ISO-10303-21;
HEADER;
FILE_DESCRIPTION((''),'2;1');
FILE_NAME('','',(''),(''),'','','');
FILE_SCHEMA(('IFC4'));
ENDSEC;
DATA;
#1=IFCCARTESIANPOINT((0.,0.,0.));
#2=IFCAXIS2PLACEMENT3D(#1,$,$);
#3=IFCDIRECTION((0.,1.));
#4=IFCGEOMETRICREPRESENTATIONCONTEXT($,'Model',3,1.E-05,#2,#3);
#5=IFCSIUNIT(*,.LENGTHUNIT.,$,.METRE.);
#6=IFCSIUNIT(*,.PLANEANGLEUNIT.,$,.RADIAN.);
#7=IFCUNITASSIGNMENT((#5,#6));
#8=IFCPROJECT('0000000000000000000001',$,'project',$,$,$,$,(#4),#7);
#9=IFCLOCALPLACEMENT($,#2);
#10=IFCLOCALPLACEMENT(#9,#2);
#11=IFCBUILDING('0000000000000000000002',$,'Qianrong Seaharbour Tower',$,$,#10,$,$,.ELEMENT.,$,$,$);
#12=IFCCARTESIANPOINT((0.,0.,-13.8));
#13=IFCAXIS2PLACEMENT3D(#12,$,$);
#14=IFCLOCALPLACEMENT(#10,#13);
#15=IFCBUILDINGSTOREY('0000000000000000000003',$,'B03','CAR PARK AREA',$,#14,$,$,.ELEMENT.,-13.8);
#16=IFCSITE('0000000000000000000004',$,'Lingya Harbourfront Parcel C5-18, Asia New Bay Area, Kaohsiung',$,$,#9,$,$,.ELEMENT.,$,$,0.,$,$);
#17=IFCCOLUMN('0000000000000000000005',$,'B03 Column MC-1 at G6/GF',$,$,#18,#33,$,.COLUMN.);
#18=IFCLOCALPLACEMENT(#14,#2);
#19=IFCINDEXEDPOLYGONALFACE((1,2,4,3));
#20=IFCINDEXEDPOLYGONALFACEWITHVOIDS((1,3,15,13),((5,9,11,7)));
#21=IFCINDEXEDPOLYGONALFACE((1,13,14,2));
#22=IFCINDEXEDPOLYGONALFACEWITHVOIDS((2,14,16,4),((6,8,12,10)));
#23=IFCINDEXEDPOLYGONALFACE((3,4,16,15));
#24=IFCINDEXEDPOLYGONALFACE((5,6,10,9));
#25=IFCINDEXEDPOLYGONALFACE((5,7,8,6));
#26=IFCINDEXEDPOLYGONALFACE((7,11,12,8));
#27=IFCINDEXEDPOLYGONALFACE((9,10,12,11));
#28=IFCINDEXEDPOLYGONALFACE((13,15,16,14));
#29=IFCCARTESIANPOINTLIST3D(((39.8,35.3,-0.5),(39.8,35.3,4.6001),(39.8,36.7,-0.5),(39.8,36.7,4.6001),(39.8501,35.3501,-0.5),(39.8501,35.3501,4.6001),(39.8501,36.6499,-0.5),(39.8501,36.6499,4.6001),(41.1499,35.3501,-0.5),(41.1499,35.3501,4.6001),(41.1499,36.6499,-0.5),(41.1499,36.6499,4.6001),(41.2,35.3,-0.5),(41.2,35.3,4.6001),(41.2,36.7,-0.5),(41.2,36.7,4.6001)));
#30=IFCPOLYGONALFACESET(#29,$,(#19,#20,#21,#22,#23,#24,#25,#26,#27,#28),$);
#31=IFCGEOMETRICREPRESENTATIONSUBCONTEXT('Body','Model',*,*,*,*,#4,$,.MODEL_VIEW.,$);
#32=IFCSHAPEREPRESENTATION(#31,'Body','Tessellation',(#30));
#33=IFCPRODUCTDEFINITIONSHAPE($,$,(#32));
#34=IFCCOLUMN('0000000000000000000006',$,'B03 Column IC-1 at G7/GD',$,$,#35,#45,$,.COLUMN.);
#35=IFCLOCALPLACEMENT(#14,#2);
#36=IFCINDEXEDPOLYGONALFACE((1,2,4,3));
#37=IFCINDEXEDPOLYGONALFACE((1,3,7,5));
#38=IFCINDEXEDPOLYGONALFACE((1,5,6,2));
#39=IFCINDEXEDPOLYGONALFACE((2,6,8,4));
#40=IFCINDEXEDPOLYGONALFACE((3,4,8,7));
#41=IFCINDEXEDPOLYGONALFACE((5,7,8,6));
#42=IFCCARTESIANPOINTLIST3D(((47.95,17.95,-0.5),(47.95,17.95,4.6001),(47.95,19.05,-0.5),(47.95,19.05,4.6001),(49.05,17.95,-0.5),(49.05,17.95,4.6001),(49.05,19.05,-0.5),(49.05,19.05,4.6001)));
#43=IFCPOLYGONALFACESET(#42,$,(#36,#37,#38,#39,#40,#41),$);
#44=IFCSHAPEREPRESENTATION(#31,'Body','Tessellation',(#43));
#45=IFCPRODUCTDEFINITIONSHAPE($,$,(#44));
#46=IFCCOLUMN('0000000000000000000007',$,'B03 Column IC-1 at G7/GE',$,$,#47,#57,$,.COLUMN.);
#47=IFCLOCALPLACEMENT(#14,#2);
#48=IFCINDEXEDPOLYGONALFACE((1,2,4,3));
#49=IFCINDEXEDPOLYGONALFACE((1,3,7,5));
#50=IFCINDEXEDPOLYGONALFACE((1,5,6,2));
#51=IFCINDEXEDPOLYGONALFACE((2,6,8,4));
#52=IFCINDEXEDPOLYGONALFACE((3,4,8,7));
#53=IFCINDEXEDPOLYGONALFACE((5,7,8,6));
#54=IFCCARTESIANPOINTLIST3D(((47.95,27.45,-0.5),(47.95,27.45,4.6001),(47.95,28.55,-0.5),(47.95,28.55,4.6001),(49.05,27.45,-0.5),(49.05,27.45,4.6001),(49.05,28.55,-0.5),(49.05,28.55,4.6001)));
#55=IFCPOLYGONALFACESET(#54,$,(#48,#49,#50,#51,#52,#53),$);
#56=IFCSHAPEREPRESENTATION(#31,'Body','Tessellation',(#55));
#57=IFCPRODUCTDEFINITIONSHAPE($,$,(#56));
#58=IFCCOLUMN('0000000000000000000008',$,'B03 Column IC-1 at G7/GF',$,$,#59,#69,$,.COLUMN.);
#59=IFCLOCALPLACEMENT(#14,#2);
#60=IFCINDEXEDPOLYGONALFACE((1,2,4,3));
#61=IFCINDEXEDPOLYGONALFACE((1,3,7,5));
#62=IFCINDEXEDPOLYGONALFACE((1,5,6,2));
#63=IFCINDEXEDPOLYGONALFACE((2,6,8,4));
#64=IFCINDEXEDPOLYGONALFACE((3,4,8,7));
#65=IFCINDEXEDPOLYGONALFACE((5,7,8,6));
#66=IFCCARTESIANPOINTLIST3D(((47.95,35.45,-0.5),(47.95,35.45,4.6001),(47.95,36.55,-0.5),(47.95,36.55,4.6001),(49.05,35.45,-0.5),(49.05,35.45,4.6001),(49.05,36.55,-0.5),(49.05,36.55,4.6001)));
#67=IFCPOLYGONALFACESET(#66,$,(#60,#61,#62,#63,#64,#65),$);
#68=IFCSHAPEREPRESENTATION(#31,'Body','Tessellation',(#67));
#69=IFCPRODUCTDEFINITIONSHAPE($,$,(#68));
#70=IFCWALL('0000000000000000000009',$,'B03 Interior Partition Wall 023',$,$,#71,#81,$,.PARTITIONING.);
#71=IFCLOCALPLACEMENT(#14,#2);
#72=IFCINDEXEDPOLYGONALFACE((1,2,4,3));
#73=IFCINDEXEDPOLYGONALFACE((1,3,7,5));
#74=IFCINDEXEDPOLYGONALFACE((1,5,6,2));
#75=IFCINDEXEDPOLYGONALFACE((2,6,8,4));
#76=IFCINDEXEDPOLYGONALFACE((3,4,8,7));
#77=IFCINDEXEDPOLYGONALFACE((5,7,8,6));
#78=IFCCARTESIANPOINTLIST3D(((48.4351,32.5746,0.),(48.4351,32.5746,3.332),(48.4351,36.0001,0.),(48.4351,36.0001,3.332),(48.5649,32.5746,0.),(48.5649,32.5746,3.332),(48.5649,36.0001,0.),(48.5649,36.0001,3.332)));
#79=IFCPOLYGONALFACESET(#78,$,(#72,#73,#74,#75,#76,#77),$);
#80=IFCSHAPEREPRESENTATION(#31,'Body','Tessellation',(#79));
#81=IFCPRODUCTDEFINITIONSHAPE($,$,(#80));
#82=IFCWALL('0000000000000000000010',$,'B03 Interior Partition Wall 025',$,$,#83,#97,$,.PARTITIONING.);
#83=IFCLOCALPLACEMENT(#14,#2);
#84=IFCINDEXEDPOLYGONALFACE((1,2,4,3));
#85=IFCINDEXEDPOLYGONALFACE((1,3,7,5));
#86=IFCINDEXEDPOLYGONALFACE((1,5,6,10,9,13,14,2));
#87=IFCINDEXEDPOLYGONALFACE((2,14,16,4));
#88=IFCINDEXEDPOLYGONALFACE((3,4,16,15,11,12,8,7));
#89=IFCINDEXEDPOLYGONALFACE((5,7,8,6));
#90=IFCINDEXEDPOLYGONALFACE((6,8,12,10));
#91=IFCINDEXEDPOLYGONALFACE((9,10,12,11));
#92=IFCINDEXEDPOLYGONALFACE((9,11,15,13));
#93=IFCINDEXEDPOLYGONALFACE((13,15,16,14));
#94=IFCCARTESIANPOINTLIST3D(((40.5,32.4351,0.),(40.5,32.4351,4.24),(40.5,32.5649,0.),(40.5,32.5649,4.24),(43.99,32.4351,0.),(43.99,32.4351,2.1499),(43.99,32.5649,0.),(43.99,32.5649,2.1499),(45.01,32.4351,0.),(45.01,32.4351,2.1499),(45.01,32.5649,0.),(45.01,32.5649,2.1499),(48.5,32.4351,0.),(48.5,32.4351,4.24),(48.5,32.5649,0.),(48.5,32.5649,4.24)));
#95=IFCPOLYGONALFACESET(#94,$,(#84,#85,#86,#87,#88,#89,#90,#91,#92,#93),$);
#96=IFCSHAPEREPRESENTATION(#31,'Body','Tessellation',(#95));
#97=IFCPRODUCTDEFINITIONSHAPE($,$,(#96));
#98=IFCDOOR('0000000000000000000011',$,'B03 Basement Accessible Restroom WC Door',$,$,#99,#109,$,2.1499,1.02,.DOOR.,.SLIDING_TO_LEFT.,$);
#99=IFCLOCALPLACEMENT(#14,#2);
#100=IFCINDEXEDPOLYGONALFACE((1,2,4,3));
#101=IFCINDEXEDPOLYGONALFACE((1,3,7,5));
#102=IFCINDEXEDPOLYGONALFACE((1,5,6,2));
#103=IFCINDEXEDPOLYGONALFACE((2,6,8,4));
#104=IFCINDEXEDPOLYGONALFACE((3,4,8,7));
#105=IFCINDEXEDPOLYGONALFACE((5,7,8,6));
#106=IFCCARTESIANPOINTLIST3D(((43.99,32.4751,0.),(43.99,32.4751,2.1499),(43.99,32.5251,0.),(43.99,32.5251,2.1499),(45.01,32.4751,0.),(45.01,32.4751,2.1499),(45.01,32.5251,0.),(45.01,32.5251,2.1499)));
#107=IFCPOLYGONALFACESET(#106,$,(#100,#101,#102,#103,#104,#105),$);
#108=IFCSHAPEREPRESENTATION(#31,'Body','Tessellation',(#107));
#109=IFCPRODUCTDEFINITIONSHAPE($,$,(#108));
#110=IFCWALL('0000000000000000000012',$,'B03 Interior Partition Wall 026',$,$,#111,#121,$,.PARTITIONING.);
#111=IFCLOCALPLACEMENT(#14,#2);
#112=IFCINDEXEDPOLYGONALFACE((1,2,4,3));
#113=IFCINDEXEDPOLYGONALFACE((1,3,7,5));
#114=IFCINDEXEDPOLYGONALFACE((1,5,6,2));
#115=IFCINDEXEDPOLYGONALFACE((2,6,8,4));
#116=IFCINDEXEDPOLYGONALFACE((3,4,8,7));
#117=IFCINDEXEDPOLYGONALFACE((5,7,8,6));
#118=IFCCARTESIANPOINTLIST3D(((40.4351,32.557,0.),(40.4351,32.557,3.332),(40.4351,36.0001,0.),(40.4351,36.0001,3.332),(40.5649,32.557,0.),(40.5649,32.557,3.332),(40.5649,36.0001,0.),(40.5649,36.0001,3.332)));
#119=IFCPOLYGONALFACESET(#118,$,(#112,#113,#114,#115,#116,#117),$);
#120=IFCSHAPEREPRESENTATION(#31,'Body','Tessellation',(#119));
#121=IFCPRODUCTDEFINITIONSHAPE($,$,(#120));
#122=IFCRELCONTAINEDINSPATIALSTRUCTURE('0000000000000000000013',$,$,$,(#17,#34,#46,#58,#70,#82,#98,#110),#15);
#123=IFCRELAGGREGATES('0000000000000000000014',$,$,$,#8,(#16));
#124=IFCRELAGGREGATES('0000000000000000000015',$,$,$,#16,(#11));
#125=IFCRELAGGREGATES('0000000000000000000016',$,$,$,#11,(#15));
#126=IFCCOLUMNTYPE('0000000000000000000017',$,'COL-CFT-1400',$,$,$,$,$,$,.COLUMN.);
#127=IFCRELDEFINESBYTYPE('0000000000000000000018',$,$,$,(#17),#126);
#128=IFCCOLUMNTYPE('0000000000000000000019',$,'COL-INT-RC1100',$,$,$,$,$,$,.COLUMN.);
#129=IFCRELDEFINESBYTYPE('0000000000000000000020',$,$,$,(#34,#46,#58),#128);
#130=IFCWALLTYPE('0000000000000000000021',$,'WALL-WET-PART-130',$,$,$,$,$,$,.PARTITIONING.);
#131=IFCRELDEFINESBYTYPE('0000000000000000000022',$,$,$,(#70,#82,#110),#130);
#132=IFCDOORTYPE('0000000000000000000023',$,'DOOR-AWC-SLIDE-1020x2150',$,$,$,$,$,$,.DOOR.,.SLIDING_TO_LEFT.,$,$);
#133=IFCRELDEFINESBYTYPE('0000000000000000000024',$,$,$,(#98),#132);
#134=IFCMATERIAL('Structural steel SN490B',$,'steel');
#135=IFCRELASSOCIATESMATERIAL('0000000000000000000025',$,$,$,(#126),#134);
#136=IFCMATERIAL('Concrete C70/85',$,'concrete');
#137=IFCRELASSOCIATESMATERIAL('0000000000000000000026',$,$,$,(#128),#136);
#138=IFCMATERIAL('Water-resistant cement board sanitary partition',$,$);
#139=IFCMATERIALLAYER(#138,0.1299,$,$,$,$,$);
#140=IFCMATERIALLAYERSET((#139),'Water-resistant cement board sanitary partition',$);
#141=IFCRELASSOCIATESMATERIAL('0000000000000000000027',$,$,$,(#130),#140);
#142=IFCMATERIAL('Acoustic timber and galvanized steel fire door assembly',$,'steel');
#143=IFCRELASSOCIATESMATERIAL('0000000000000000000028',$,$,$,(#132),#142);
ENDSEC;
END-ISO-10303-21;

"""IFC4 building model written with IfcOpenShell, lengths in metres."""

from ifc_helpers import new_model, si_unit, direction, frame, frame_2d, origin, origin_2d, place, context, subcontext, project, spatial, rectangle, hollow_rectangle, extrude, material, layer, layer_set, material_profile, profile_set, type_object, element, fill, save


model = new_model("IFC4")

# Units and contexts
model_context = context("Model", 3, precision=1e-05, world=origin(), true_north=direction((0.0, 1.0)))
body_context = subcontext(model_context, "Body", "Model", "MODEL_VIEW")
ifc_project = project(units=[si_unit("LENGTHUNIT", "METRE"), si_unit("PLANEANGLEUNIT", "RADIAN")], contexts=[model_context])

# Site, building, storey
site_placement = place(None, origin())
site = spatial("IfcSite", under=ifc_project, at=site_placement, Name="Lingya Harbourfront Parcel C5-18, Asia New Bay Area, Kaohsiung", CompositionType="ELEMENT", RefElevation=0.0)
building_placement = place(site_placement, origin())
building = spatial("IfcBuilding", under=site, at=building_placement, Name="Qianrong Seaharbour Tower", CompositionType="ELEMENT")
storey_placement = place(building_placement, frame((0.0, 0.0, -13.8)))
storey = spatial("IfcBuildingStorey", under=building, at=storey_placement, Name="B03", Description="CAR PARK AREA", CompositionType="ELEMENT", Elevation=-13.8)

# Columns
ifc_material_1 = material(Name="Structural steel SN490B", Category="steel")
ifc_material_profile_1 = material_profile(ifc_material_1, hollow_rectangle(XDim=1.3999, YDim=1.3999, WallThickness=0.05, at=origin_2d()), Name="BOX1400x1400x50")
ifc_profile_set_1 = profile_set([ifc_material_profile_1], Name="Structural steel SN490B")
column_type_1 = type_object("IfcColumnType", Name="COL-CFT-1400", PredefinedType="COLUMN", material=ifc_profile_set_1)
for number, where, z_axis, x_axis, name in (
    (1, (40.5, 36.0, -0.5), (0.0, 0.0, 1.0), (1.0, 0.0, 0.0), "B03 Column MC-1 at G6/GF"),
):
    element("IfcColumn", number, at=place(storey_placement, frame(where, z_axis=z_axis, x_axis=x_axis)), inside=storey, type_object=column_type_1, Name=name, PredefinedType="COLUMN", context=body_context, shape_type="SweptSolid", body=[
        extrude(hollow_rectangle(XDim=1.3999, YDim=1.3999, WallThickness=0.05, at=origin_2d()), origin(), (0.0, 0.0, 1.0), 5.1001),
    ])
ifc_material_2 = material(Name="Concrete C70/85", Category="concrete")
ifc_material_profile_2 = material_profile(ifc_material_2, rectangle(XDim=1.1001, YDim=1.1001, at=origin_2d()), Name="RC1100x1100")
ifc_profile_set_2 = profile_set([ifc_material_profile_2], Name="Concrete C70/85")
column_type_2 = type_object("IfcColumnType", Name="COL-INT-RC1100", PredefinedType="COLUMN", material=ifc_profile_set_2)
for number, where, z_axis, x_axis, name in (
    (2, (48.5, 18.5, -0.5), (0.0, 0.0, 1.0), (1.0, 0.0, 0.0), "B03 Column IC-1 at G7/GD"),
    (3, (48.5, 28.0, -0.5), (0.0, 0.0, 1.0), (1.0, 0.0, 0.0), "B03 Column IC-1 at G7/GE"),
    (4, (48.5, 36.0, -0.5), (0.0, 0.0, 1.0), (1.0, 0.0, 0.0), "B03 Column IC-1 at G7/GF"),
):
    element("IfcColumn", number, at=place(storey_placement, frame(where, z_axis=z_axis, x_axis=x_axis)), inside=storey, type_object=column_type_2, Name=name, PredefinedType="COLUMN", context=body_context, shape_type="SweptSolid", body=[
        extrude(rectangle(XDim=1.1001, YDim=1.1001, at=origin_2d()), origin(), (0.0, 0.0, 1.0), 5.1001),
    ])

# Wall
ifc_material_3 = material(Name="Water-resistant cement board sanitary partition")
ifc_layer = layer(ifc_material_3, 0.1299)
ifc_layer_set = layer_set([ifc_layer], Name="Water-resistant cement board sanitary partition")
wall_type = type_object("IfcWallType", Name="WALL-WET-PART-130", PredefinedType="PARTITIONING", material=ifc_layer_set)
wall_1_placement = place(storey_placement, frame((48.5, 32.5745, 0.0), z_axis=(0.0, 0.0, 1.0), x_axis=(0.0, 1.0, 0.0)))
element("IfcWall", 5, at=wall_1_placement, inside=storey, type_object=wall_type, Name="B03 Interior Partition Wall 023", PredefinedType="PARTITIONING", context=body_context, shape_type="SweptSolid", body=[
    extrude(rectangle(XDim=3.4255, YDim=0.1299, at=frame_2d((1.7129, 0.0))), origin(), (0.0, 0.0, 1.0), 3.332),
])

# Wall, opening, door
wall_2_placement = place(storey_placement, frame((48.5, 32.5, 0.0), z_axis=(0.0, 0.0, 1.0), x_axis=(-1.0, 0.0, 0.0)))
wall_2 = element("IfcWall", 6, at=wall_2_placement, inside=storey, type_object=wall_type, Name="B03 Interior Partition Wall 025", PredefinedType="PARTITIONING", context=body_context, shape_type="SweptSolid", body=[
    extrude(rectangle(XDim=8.0, YDim=0.1299, at=frame_2d((4.0, 0.0))), origin(), (0.0, 0.0, 1.0), 4.24),
])
opening_placement = place(wall_2_placement, frame((3.49, 0.0, 0.0)))
opening = element("IfcOpeningElement", 7, at=opening_placement, cuts=wall_2, PredefinedType="OPENING", context=body_context, shape_type="SweptSolid", body=[
    extrude(rectangle(XDim=1.02, YDim=2.1499, at=frame_2d((0.51, 1.075))), frame((0.0, 0.075, 0.0), z_axis=(0.0, -1.0, 0.0), x_axis=(1.0, 0.0, 0.0)), (0.0, 0.0, 1.0), 0.1499),
])
ifc_material_4 = material(Name="Acoustic timber and galvanized steel fire door assembly", Category="steel")
door_type = type_object("IfcDoorType", Name="DOOR-AWC-SLIDE-1020x2150", OperationType="SLIDING_TO_LEFT", PredefinedType="DOOR", material=ifc_material_4)
door_placement = place(opening_placement, origin())
door = element("IfcDoor", 8, at=door_placement, inside=storey, type_object=door_type, Name="B03 Basement Accessible Restroom WC Door", OperationType="SLIDING_TO_LEFT", OverallHeight=2.1499, OverallWidth=1.02, PredefinedType="DOOR", context=body_context, shape_type="SweptSolid", body=[
    extrude(rectangle(XDim=1.02, YDim=2.1499, at=frame_2d((0.51, 1.075))), frame((0.0, 0.0249, 0.0), z_axis=(0.0, -1.0, 0.0), x_axis=(1.0, 0.0, 0.0)), (0.0, 0.0, 1.0), 0.05),
])
fill(opening, door)

# Wall
wall_3_placement = place(storey_placement, frame((40.5, 32.5569, 0.0), z_axis=(0.0, 0.0, 1.0), x_axis=(0.0, 1.0, 0.0)))
element("IfcWall", 9, at=wall_3_placement, inside=storey, type_object=wall_type, Name="B03 Interior Partition Wall 026", PredefinedType="PARTITIONING", context=body_context, shape_type="SweptSolid", body=[
    extrude(rectangle(XDim=3.4431, YDim=0.1299, at=frame_2d((1.7217, 0.0))), origin(), (0.0, 0.0, 1.0), 3.332),
])

save(model, "model.ifc")
